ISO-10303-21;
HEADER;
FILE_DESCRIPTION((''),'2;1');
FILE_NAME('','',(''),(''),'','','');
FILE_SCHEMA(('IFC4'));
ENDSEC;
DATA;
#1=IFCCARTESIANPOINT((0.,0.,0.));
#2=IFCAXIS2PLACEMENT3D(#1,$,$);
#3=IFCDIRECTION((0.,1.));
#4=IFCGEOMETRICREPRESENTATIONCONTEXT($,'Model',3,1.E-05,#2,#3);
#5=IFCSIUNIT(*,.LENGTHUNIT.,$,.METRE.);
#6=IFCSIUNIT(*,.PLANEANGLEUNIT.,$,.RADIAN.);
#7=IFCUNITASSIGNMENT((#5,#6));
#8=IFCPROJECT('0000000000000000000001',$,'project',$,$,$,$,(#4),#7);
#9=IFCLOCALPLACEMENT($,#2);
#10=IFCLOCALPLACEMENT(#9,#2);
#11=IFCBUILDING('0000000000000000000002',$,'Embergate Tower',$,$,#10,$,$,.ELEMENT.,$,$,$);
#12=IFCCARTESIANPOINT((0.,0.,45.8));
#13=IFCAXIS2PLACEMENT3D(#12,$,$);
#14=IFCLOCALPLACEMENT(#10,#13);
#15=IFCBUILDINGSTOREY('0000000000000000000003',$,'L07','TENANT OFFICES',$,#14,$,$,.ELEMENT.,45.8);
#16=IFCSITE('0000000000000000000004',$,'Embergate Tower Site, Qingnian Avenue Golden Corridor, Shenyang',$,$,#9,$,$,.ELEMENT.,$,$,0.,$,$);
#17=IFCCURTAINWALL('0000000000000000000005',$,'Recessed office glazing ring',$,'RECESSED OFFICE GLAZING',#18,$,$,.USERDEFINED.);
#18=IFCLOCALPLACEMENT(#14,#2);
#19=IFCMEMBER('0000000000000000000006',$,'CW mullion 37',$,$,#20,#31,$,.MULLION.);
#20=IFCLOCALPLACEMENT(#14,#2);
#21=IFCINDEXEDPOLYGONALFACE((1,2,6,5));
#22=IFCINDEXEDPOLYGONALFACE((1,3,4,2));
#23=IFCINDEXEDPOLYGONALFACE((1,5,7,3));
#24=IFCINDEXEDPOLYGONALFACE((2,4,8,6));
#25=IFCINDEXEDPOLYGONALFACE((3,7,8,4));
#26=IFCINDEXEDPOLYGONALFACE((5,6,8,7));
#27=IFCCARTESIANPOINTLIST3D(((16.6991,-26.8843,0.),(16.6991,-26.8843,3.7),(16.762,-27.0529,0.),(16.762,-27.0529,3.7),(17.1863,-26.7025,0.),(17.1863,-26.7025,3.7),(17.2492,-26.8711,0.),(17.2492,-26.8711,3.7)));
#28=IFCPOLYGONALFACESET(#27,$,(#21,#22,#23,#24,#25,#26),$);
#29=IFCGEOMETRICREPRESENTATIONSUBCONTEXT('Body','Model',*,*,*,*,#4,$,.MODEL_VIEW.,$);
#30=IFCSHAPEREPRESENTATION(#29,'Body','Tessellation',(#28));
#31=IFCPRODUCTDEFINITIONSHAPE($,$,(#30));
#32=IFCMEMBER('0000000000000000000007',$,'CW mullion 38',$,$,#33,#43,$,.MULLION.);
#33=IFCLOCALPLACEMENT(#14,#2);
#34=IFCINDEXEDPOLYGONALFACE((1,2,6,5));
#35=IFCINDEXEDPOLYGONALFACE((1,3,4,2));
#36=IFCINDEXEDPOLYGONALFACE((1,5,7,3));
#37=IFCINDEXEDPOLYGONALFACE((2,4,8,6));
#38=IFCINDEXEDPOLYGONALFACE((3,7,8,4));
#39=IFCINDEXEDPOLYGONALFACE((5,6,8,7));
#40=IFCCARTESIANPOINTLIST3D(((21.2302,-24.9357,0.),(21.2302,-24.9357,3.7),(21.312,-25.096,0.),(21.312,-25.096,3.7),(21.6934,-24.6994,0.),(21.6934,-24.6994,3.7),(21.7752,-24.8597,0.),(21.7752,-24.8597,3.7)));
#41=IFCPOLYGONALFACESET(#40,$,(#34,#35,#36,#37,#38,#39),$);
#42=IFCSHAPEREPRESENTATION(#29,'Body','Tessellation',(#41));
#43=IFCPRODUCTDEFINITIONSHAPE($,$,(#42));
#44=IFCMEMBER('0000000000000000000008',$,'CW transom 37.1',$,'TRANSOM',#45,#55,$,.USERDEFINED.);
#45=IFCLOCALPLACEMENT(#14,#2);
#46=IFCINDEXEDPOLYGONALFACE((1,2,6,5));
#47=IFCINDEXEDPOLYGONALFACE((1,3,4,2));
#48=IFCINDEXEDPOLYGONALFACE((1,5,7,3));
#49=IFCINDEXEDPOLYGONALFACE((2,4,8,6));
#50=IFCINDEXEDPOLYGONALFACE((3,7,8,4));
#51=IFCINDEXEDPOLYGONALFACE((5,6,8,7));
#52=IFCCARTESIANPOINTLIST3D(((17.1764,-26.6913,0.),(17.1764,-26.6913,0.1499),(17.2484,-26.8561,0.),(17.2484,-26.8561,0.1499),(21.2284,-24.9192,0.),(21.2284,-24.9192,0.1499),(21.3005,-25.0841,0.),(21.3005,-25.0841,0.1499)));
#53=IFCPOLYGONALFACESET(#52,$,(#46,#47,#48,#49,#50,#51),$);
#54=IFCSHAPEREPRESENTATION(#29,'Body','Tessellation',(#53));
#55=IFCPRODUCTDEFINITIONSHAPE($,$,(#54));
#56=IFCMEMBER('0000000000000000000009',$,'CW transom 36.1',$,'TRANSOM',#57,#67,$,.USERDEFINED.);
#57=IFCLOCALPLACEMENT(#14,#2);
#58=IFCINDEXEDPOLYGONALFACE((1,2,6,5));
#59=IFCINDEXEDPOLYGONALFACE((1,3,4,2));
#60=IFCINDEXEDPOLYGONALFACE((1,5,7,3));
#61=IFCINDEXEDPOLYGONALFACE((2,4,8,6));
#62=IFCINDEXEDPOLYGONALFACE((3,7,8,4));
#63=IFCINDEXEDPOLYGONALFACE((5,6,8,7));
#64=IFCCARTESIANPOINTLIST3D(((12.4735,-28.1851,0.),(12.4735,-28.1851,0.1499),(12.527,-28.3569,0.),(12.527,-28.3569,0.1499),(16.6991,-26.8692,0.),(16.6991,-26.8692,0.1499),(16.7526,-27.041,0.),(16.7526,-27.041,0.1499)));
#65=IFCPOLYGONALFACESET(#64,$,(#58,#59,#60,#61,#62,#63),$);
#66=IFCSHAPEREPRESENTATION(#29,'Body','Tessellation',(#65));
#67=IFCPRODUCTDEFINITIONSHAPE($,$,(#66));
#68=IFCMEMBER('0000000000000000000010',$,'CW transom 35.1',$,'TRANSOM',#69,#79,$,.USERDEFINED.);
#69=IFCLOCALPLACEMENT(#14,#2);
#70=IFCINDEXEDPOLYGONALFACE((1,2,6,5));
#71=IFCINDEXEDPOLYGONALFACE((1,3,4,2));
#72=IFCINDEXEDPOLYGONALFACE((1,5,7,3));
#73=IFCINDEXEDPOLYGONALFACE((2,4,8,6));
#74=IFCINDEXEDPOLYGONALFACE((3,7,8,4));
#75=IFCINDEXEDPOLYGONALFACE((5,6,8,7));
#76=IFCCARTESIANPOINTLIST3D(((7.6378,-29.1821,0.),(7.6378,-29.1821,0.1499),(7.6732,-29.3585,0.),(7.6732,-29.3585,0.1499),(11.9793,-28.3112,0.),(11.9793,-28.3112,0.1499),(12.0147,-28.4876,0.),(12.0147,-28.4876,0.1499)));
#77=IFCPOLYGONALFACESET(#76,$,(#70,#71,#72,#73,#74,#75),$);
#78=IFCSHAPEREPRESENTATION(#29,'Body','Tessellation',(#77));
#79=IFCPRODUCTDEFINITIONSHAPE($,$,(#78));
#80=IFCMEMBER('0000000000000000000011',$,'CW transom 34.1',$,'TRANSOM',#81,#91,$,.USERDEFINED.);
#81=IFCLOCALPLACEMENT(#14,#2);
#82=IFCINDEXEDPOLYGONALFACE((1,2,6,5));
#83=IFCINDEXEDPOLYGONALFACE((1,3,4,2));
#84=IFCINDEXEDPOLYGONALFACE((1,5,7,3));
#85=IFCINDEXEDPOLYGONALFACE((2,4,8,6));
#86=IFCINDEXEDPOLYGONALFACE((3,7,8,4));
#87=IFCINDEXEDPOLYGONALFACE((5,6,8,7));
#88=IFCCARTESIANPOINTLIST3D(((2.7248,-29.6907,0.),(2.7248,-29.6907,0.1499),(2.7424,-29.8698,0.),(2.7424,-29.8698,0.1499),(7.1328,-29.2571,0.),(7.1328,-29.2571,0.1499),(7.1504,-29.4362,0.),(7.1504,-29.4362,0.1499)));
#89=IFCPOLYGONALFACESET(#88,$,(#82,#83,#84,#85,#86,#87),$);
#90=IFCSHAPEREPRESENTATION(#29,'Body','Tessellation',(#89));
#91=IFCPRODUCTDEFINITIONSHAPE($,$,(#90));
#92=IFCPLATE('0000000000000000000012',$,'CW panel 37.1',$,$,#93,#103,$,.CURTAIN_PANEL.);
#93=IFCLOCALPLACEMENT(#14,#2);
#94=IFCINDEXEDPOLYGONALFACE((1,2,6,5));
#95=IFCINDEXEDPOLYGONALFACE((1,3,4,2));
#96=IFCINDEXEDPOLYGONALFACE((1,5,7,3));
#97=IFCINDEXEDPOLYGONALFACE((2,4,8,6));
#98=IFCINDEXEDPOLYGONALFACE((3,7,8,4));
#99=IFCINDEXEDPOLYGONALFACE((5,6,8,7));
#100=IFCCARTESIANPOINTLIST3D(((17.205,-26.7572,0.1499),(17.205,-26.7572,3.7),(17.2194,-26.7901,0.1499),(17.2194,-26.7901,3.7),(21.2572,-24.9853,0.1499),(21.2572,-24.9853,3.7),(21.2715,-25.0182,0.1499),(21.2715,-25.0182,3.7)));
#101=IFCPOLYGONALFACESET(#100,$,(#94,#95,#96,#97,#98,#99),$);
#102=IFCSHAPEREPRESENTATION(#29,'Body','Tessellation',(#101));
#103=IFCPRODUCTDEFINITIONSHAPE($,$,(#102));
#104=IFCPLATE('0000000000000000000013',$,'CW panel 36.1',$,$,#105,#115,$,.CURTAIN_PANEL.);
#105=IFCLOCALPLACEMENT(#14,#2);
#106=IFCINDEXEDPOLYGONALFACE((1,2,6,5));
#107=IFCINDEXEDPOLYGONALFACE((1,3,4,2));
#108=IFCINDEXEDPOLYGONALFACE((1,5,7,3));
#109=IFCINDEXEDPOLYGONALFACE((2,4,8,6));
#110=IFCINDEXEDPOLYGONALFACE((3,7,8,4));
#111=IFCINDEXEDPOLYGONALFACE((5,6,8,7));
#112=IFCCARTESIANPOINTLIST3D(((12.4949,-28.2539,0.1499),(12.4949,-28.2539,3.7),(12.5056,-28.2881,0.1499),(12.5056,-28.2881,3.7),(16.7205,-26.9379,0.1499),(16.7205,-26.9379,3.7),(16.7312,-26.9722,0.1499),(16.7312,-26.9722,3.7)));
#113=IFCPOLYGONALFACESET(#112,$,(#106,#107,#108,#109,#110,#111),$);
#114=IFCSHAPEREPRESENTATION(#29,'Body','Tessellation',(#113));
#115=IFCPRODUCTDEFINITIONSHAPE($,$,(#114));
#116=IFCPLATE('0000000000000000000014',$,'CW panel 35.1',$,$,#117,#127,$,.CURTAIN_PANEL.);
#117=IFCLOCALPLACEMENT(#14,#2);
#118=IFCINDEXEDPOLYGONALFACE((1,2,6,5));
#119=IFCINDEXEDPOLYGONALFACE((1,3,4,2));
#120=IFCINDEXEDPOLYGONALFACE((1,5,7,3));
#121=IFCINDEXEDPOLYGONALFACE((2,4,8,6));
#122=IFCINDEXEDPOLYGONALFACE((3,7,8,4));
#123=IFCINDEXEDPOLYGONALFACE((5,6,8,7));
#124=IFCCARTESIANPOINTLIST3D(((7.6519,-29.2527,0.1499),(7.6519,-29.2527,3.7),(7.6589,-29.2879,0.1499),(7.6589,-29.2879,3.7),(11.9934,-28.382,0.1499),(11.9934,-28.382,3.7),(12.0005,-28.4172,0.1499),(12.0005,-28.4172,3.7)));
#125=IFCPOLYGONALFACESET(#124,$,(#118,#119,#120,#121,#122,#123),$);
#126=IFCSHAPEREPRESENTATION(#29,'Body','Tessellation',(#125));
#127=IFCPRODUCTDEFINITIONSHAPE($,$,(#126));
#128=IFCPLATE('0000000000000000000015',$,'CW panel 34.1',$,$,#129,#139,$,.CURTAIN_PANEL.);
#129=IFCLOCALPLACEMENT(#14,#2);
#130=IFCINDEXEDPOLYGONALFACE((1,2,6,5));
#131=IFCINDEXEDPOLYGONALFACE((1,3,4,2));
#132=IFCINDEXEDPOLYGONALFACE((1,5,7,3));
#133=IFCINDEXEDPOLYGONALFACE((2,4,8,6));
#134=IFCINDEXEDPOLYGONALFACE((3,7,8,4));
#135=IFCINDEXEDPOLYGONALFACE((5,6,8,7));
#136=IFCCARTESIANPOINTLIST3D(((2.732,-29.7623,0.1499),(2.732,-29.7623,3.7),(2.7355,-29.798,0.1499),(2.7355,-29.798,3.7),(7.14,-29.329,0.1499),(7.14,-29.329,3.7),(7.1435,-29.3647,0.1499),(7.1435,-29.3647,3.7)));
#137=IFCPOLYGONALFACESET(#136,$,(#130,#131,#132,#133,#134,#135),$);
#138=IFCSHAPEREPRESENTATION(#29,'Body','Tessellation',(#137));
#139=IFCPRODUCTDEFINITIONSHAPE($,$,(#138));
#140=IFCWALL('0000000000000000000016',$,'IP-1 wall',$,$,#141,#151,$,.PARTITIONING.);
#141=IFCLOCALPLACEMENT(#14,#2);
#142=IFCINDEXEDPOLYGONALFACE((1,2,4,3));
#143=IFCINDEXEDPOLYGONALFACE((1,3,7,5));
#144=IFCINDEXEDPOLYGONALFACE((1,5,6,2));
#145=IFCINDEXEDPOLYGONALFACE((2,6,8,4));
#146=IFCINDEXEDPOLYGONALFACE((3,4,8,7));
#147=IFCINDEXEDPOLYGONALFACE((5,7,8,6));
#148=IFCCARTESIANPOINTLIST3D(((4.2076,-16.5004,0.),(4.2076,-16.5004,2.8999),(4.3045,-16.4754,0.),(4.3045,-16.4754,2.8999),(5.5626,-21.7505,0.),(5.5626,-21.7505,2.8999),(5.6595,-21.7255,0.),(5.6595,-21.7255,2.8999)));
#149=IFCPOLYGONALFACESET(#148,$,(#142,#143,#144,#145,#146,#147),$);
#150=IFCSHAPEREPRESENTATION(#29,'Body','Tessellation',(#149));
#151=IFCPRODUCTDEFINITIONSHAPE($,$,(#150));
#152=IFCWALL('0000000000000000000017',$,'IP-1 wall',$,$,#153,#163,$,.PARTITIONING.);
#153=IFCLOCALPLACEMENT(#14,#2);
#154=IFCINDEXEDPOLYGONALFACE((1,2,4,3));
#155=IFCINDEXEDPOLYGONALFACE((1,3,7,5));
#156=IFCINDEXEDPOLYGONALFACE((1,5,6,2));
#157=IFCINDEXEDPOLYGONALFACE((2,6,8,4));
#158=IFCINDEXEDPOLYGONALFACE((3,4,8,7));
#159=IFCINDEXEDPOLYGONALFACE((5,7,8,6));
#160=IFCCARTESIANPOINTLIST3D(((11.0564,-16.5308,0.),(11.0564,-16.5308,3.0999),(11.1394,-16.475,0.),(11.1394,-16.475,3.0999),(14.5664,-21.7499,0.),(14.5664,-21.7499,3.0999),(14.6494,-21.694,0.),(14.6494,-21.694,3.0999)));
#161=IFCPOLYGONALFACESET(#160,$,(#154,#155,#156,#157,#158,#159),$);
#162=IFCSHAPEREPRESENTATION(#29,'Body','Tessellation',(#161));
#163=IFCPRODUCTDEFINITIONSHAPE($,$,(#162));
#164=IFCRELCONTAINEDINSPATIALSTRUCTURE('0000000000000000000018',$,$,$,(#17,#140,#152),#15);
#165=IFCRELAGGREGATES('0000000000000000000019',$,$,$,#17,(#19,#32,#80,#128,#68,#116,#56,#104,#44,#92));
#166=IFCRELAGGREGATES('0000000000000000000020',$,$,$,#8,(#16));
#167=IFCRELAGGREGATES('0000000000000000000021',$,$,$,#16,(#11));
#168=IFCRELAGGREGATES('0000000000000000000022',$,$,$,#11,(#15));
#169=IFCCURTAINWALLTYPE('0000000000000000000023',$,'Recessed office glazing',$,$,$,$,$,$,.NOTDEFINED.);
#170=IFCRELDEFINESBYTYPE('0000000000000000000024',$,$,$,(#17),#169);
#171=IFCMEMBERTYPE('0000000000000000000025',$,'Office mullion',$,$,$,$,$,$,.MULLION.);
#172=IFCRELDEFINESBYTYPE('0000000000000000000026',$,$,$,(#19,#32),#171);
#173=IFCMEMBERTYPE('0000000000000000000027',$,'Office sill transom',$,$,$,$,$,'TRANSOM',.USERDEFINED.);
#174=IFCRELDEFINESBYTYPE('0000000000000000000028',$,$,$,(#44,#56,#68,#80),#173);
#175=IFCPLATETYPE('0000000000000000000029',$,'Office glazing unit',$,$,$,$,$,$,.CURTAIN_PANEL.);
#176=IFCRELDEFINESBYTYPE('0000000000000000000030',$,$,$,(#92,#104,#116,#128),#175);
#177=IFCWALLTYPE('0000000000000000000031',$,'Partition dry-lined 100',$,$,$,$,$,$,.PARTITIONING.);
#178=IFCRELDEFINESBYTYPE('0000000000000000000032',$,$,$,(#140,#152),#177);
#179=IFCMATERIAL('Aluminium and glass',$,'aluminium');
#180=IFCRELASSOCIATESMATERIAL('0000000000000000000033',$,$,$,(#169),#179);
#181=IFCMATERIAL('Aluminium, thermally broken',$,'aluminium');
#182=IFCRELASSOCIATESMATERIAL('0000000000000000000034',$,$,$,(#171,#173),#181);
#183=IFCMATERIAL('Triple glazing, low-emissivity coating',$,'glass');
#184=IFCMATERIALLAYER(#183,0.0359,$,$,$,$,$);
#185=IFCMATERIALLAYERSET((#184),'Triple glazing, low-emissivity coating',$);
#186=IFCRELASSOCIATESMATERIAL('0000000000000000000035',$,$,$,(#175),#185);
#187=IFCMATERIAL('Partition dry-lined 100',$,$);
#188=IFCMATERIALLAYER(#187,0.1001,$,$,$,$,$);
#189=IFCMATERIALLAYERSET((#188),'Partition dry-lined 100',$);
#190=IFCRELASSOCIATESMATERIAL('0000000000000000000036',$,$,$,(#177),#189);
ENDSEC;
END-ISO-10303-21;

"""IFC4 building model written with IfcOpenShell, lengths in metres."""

from ifc_helpers import new_model, si_unit, direction, frame, frame_2d, origin, origin_2d, place, context, subcontext, project, spatial, rectangle, extrude, source, transform, mapped, material, layer, layer_set, material_profile, profile_set, type_object, element, aggregate, save


model = new_model("IFC4")

# Units and contexts
model_context = context("Model", 3, precision=1e-05, world=origin(), true_north=direction((0.0, 1.0)))
body_context = subcontext(model_context, "Body", "Model", "MODEL_VIEW")
ifc_project = project(units=[si_unit("LENGTHUNIT", "METRE"), si_unit("PLANEANGLEUNIT", "RADIAN")], contexts=[model_context])

# Site, building, storey
site_placement = place(None, origin())
site = spatial("IfcSite", under=ifc_project, at=site_placement, Name="Embergate Tower Site, Qingnian Avenue Golden Corridor, Shenyang", CompositionType="ELEMENT", RefElevation=0.0)
building_placement = place(site_placement, origin())
building = spatial("IfcBuilding", under=site, at=building_placement, Name="Embergate Tower", CompositionType="ELEMENT")
storey_placement = place(building_placement, frame((0.0, 0.0, 45.8)))
storey = spatial("IfcBuildingStorey", under=building, at=storey_placement, Name="L07", Description="TENANT OFFICES", CompositionType="ELEMENT", Elevation=45.8)

# Curtain wall, members, plates
ifc_material_1 = material(Name="Aluminium and glass", Category="aluminium")
curtain_wall_type = type_object("IfcCurtainWallType", Name="Recessed office glazing", PredefinedType="NOTDEFINED", material=ifc_material_1)
curtain_wall_placement = place(storey_placement, origin())
curtain_wall = element("IfcCurtainWall", 1, at=curtain_wall_placement, inside=storey, type_object=curtain_wall_type, Name="Recessed office glazing ring", ObjectType="RECESSED OFFICE GLAZING", PredefinedType="USERDEFINED")
ifc_material_2 = material(Name="Aluminium, thermally broken", Category="aluminium")
ifc_material_profile_1 = material_profile(ifc_material_2, rectangle(XDim=0.1799, YDim=0.52, at=origin_2d()), Name="AL 520x180")
ifc_profile_set_1 = profile_set([ifc_material_profile_1], Name="Aluminium, thermally broken")
member_type_1 = type_object("IfcMemberType", Name="Office mullion", PredefinedType="MULLION", material=ifc_profile_set_1)
shared_shape_1 = source(origin(), body_context, "Body", "SweptSolid", [
    extrude(rectangle(XDim=0.1799, YDim=0.52, at=origin_2d()), origin(), (0.0, 0.0, 1.0), 3.7),
])
member_1_placement = place(storey_placement, frame((16.9741, -26.8777, 0.0), z_axis=(0.0, 0.0, 1.0), x_axis=(-0.349503, 0.936935, 0.0)))
member_1 = element("IfcMember", 2, at=member_1_placement, type_object=member_type_1, Name="CW mullion 37", PredefinedType="MULLION", context=body_context, shape_type="MappedRepresentation", body=[
    mapped(shared_shape_1, transform((0.0, 0.0, 0.0))),
])
member_2_placement = place(storey_placement, frame((21.5027, -24.8977, 0.0), z_axis=(0.0, 0.0, 1.0), x_axis=(-0.454511, 0.890741, 0.0)))
member_2 = element("IfcMember", 3, at=member_2_placement, type_object=member_type_1, Name="CW mullion 38", PredefinedType="MULLION", context=body_context, shape_type="MappedRepresentation", body=[
    mapped(shared_shape_1, transform((0.0, 0.0, 0.0))),
])
ifc_material_profile_2 = material_profile(ifc_material_2, rectangle(XDim=0.1799, YDim=0.1499, at=origin_2d()), Name="AL 150x180")
ifc_profile_set_2 = profile_set([ifc_material_profile_2], Name="Aluminium, thermally broken")
member_type_2 = type_object("IfcMemberType", Name="Office sill transom", ElementType="TRANSOM", PredefinedType="USERDEFINED", material=ifc_profile_set_2)
shared_shape_2 = source(origin(), body_context, "Body", "SweptSolid", [
    extrude(rectangle(XDim=0.1799, YDim=0.1499, at=origin_2d()), origin(), (0.0, 0.0, 1.0), 4.4226),
])
member_3_placement = place(storey_placement, frame((17.2124, -26.7737, 0.075), z_axis=(0.916222, 0.400671, 0.0), x_axis=(-0.400671, 0.916222, 0.0)))
member_3 = element("IfcMember", 4, at=member_3_placement, type_object=member_type_2, Name="CW transom 37.1", ObjectType="TRANSOM", PredefinedType="USERDEFINED", context=body_context, shape_type="MappedRepresentation", body=[
    mapped(shared_shape_2, transform((0.0, 0.0, 0.0))),
])
shared_shape_3 = source(origin(), body_context, "Body", "SweptSolid", [
    extrude(rectangle(XDim=0.1799, YDim=0.1499, at=origin_2d()), origin(), (0.0, 0.0, 1.0), 4.4258),
])
member_4_placement = place(storey_placement, frame((12.5002, -28.271, 0.075), z_axis=(0.954774, 0.297333, 0.0), x_axis=(-0.297333, 0.954774, 0.0)))
member_4 = element("IfcMember", 5, at=member_4_placement, type_object=member_type_2, Name="CW transom 36.1", ObjectType="TRANSOM", PredefinedType="USERDEFINED", context=body_context, shape_type="MappedRepresentation", body=[
    mapped(shared_shape_3, transform((0.0, 0.0, 0.0))),
])
shared_shape_4 = source(origin(), body_context, "Body", "SweptSolid", [
    extrude(rectangle(XDim=0.1799, YDim=0.1499, at=origin_2d()), origin(), (0.0, 0.0, 1.0), 4.428),
])
member_5_placement = place(storey_placement, frame((7.6555, -29.2703, 0.075), z_axis=(0.98047, 0.196667, 0.0), x_axis=(-0.196667, 0.98047, 0.0)))
member_5 = element("IfcMember", 6, at=member_5_placement, type_object=member_type_2, Name="CW transom 35.1", ObjectType="TRANSOM", PredefinedType="USERDEFINED", context=body_context, shape_type="MappedRepresentation", body=[
    mapped(shared_shape_4, transform((0.0, 0.0, 0.0))),
])
shared_shape_5 = source(origin(), body_context, "Body", "SweptSolid", [
    extrude(rectangle(XDim=0.1799, YDim=0.1499, at=origin_2d()), origin(), (0.0, 0.0, 1.0), 4.4292),
])
member_6_placement = place(storey_placement, frame((2.7336, -29.7803, 0.075), z_axis=(0.995197, 0.097894, 0.0), x_axis=(-0.097894, 0.995197, 0.0)))
member_6 = element("IfcMember", 7, at=member_6_placement, type_object=member_type_2, Name="CW transom 34.1", ObjectType="TRANSOM", PredefinedType="USERDEFINED", context=body_context, shape_type="MappedRepresentation", body=[
    mapped(shared_shape_5, transform((0.0, 0.0, 0.0))),
])
ifc_material_3 = material(Name="Triple glazing, low-emissivity coating", Category="glass")
ifc_layer_1 = layer(ifc_material_3, 0.0359)
ifc_layer_set_1 = layer_set([ifc_layer_1], Name="Triple glazing, low-emissivity coating")
plate_type = type_object("IfcPlateType", Name="Office glazing unit", PredefinedType="CURTAIN_PANEL", material=ifc_layer_set_1)
shared_shape_6 = source(origin(), body_context, "Body", "SweptSolid", [
    extrude(rectangle(XDim=4.4226, YDim=0.0359, at=origin_2d()), origin(), (0.0, 0.0, 1.0), 3.55),
])
plate_1_placement = place(storey_placement, frame((19.2383, -25.8877, 0.1499), z_axis=(0.0, 0.0, 1.0), x_axis=(0.916236, 0.400638, 0.0)))
plate_1 = element("IfcPlate", 8, at=plate_1_placement, type_object=plate_type, Name="CW panel 37.1", PredefinedType="CURTAIN_PANEL", context=body_context, shape_type="MappedRepresentation", body=[
    mapped(shared_shape_6, transform((0.0, 0.0, 0.0))),
])
shared_shape_7 = source(origin(), body_context, "Body", "SweptSolid", [
    extrude(rectangle(XDim=4.4258, YDim=0.0359, at=origin_2d()), origin(), (0.0, 0.0, 1.0), 3.55),
])
plate_2_placement = place(storey_placement, frame((14.613, -27.613, 0.1499), z_axis=(0.0, 0.0, 1.0), x_axis=(0.954772, 0.297338, 0.0)))
plate_2 = element("IfcPlate", 9, at=plate_2_placement, type_object=plate_type, Name="CW panel 36.1", PredefinedType="CURTAIN_PANEL", context=body_context, shape_type="MappedRepresentation", body=[
    mapped(shared_shape_7, transform((0.0, 0.0, 0.0))),
])
shared_shape_8 = source(origin(), body_context, "Body", "SweptSolid", [
    extrude(rectangle(XDim=4.428, YDim=0.0359, at=origin_2d()), origin(), (0.0, 0.0, 1.0), 3.55),
])
plate_3_placement = place(storey_placement, frame((9.8262, -28.835, 0.1499), z_axis=(0.0, 0.0, 1.0), x_axis=(0.980476, 0.196639, 0.0)))
plate_3 = element("IfcPlate", 10, at=plate_3_placement, type_object=plate_type, Name="CW panel 35.1", PredefinedType="CURTAIN_PANEL", context=body_context, shape_type="MappedRepresentation", body=[
    mapped(shared_shape_8, transform((0.0, 0.0, 0.0))),
])
shared_shape_9 = source(origin(), body_context, "Body", "SweptSolid", [
    extrude(rectangle(XDim=4.4292, YDim=0.0359, at=origin_2d()), origin(), (0.0, 0.0, 1.0), 3.55),
])
plate_4_placement = place(storey_placement, frame((4.9377, -29.5635, 0.1499), z_axis=(0.0, 0.0, 1.0), x_axis=(0.995203, 0.09783, 0.0)))
plate_4 = element("IfcPlate", 11, at=plate_4_placement, type_object=plate_type, Name="CW panel 34.1", PredefinedType="CURTAIN_PANEL", context=body_context, shape_type="MappedRepresentation", body=[
    mapped(shared_shape_9, transform((0.0, 0.0, 0.0))),
])
aggregate(curtain_wall, [member_1, member_2, member_6, plate_4, member_5, plate_3, member_4, plate_2, member_3, plate_1])

# Walls
ifc_material_4 = material(Name="Partition dry-lined 100")
ifc_layer_2 = layer(ifc_material_4, 0.1001)
ifc_layer_set_2 = layer_set([ifc_layer_2], Name="Partition dry-lined 100")
wall_type = type_object("IfcWallType", Name="Partition dry-lined 100", PredefinedType="PARTITIONING", material=ifc_layer_set_2)
shared_shape_10 = source(origin(), body_context, "Body", "SweptSolid", [
    extrude(rectangle(XDim=5.4221, YDim=0.1001, at=frame_2d((2.7109, 0.0))), origin(), (0.0, 0.0, 1.0), 2.8999),
])
wall_1_placement = place(storey_placement, frame((4.2561, -16.488, 0.0), z_axis=(0.0, 0.0, 1.0), x_axis=(0.249903, -0.968271, 0.0)))
element("IfcWall", 12, at=wall_1_placement, inside=storey, type_object=wall_type, Name="IP-1 wall", PredefinedType="PARTITIONING", context=body_context, shape_type="MappedRepresentation", body=[
    mapped(shared_shape_10, transform((0.0, 0.0, 0.0))),
])
shared_shape_11 = source(origin(), body_context, "Body", "SweptSolid", [
    extrude(rectangle(XDim=6.2896, YDim=0.1001, at=frame_2d((3.1448, 0.0))), origin(), (0.0, 0.0, 1.0), 3.0999),
])
wall_2_placement = place(storey_placement, frame((14.6079, -21.7219, 0.0), z_axis=(0.0, 0.0, 1.0), x_axis=(-0.558073, 0.829792, 0.0)))
element("IfcWall", 13, at=wall_2_placement, inside=storey, type_object=wall_type, Name="IP-1 wall", PredefinedType="PARTITIONING", context=body_context, shape_type="MappedRepresentation", body=[
    mapped(shared_shape_11, transform((0.0, 0.0, 0.0))),
])

save(model, "model.ifc")
